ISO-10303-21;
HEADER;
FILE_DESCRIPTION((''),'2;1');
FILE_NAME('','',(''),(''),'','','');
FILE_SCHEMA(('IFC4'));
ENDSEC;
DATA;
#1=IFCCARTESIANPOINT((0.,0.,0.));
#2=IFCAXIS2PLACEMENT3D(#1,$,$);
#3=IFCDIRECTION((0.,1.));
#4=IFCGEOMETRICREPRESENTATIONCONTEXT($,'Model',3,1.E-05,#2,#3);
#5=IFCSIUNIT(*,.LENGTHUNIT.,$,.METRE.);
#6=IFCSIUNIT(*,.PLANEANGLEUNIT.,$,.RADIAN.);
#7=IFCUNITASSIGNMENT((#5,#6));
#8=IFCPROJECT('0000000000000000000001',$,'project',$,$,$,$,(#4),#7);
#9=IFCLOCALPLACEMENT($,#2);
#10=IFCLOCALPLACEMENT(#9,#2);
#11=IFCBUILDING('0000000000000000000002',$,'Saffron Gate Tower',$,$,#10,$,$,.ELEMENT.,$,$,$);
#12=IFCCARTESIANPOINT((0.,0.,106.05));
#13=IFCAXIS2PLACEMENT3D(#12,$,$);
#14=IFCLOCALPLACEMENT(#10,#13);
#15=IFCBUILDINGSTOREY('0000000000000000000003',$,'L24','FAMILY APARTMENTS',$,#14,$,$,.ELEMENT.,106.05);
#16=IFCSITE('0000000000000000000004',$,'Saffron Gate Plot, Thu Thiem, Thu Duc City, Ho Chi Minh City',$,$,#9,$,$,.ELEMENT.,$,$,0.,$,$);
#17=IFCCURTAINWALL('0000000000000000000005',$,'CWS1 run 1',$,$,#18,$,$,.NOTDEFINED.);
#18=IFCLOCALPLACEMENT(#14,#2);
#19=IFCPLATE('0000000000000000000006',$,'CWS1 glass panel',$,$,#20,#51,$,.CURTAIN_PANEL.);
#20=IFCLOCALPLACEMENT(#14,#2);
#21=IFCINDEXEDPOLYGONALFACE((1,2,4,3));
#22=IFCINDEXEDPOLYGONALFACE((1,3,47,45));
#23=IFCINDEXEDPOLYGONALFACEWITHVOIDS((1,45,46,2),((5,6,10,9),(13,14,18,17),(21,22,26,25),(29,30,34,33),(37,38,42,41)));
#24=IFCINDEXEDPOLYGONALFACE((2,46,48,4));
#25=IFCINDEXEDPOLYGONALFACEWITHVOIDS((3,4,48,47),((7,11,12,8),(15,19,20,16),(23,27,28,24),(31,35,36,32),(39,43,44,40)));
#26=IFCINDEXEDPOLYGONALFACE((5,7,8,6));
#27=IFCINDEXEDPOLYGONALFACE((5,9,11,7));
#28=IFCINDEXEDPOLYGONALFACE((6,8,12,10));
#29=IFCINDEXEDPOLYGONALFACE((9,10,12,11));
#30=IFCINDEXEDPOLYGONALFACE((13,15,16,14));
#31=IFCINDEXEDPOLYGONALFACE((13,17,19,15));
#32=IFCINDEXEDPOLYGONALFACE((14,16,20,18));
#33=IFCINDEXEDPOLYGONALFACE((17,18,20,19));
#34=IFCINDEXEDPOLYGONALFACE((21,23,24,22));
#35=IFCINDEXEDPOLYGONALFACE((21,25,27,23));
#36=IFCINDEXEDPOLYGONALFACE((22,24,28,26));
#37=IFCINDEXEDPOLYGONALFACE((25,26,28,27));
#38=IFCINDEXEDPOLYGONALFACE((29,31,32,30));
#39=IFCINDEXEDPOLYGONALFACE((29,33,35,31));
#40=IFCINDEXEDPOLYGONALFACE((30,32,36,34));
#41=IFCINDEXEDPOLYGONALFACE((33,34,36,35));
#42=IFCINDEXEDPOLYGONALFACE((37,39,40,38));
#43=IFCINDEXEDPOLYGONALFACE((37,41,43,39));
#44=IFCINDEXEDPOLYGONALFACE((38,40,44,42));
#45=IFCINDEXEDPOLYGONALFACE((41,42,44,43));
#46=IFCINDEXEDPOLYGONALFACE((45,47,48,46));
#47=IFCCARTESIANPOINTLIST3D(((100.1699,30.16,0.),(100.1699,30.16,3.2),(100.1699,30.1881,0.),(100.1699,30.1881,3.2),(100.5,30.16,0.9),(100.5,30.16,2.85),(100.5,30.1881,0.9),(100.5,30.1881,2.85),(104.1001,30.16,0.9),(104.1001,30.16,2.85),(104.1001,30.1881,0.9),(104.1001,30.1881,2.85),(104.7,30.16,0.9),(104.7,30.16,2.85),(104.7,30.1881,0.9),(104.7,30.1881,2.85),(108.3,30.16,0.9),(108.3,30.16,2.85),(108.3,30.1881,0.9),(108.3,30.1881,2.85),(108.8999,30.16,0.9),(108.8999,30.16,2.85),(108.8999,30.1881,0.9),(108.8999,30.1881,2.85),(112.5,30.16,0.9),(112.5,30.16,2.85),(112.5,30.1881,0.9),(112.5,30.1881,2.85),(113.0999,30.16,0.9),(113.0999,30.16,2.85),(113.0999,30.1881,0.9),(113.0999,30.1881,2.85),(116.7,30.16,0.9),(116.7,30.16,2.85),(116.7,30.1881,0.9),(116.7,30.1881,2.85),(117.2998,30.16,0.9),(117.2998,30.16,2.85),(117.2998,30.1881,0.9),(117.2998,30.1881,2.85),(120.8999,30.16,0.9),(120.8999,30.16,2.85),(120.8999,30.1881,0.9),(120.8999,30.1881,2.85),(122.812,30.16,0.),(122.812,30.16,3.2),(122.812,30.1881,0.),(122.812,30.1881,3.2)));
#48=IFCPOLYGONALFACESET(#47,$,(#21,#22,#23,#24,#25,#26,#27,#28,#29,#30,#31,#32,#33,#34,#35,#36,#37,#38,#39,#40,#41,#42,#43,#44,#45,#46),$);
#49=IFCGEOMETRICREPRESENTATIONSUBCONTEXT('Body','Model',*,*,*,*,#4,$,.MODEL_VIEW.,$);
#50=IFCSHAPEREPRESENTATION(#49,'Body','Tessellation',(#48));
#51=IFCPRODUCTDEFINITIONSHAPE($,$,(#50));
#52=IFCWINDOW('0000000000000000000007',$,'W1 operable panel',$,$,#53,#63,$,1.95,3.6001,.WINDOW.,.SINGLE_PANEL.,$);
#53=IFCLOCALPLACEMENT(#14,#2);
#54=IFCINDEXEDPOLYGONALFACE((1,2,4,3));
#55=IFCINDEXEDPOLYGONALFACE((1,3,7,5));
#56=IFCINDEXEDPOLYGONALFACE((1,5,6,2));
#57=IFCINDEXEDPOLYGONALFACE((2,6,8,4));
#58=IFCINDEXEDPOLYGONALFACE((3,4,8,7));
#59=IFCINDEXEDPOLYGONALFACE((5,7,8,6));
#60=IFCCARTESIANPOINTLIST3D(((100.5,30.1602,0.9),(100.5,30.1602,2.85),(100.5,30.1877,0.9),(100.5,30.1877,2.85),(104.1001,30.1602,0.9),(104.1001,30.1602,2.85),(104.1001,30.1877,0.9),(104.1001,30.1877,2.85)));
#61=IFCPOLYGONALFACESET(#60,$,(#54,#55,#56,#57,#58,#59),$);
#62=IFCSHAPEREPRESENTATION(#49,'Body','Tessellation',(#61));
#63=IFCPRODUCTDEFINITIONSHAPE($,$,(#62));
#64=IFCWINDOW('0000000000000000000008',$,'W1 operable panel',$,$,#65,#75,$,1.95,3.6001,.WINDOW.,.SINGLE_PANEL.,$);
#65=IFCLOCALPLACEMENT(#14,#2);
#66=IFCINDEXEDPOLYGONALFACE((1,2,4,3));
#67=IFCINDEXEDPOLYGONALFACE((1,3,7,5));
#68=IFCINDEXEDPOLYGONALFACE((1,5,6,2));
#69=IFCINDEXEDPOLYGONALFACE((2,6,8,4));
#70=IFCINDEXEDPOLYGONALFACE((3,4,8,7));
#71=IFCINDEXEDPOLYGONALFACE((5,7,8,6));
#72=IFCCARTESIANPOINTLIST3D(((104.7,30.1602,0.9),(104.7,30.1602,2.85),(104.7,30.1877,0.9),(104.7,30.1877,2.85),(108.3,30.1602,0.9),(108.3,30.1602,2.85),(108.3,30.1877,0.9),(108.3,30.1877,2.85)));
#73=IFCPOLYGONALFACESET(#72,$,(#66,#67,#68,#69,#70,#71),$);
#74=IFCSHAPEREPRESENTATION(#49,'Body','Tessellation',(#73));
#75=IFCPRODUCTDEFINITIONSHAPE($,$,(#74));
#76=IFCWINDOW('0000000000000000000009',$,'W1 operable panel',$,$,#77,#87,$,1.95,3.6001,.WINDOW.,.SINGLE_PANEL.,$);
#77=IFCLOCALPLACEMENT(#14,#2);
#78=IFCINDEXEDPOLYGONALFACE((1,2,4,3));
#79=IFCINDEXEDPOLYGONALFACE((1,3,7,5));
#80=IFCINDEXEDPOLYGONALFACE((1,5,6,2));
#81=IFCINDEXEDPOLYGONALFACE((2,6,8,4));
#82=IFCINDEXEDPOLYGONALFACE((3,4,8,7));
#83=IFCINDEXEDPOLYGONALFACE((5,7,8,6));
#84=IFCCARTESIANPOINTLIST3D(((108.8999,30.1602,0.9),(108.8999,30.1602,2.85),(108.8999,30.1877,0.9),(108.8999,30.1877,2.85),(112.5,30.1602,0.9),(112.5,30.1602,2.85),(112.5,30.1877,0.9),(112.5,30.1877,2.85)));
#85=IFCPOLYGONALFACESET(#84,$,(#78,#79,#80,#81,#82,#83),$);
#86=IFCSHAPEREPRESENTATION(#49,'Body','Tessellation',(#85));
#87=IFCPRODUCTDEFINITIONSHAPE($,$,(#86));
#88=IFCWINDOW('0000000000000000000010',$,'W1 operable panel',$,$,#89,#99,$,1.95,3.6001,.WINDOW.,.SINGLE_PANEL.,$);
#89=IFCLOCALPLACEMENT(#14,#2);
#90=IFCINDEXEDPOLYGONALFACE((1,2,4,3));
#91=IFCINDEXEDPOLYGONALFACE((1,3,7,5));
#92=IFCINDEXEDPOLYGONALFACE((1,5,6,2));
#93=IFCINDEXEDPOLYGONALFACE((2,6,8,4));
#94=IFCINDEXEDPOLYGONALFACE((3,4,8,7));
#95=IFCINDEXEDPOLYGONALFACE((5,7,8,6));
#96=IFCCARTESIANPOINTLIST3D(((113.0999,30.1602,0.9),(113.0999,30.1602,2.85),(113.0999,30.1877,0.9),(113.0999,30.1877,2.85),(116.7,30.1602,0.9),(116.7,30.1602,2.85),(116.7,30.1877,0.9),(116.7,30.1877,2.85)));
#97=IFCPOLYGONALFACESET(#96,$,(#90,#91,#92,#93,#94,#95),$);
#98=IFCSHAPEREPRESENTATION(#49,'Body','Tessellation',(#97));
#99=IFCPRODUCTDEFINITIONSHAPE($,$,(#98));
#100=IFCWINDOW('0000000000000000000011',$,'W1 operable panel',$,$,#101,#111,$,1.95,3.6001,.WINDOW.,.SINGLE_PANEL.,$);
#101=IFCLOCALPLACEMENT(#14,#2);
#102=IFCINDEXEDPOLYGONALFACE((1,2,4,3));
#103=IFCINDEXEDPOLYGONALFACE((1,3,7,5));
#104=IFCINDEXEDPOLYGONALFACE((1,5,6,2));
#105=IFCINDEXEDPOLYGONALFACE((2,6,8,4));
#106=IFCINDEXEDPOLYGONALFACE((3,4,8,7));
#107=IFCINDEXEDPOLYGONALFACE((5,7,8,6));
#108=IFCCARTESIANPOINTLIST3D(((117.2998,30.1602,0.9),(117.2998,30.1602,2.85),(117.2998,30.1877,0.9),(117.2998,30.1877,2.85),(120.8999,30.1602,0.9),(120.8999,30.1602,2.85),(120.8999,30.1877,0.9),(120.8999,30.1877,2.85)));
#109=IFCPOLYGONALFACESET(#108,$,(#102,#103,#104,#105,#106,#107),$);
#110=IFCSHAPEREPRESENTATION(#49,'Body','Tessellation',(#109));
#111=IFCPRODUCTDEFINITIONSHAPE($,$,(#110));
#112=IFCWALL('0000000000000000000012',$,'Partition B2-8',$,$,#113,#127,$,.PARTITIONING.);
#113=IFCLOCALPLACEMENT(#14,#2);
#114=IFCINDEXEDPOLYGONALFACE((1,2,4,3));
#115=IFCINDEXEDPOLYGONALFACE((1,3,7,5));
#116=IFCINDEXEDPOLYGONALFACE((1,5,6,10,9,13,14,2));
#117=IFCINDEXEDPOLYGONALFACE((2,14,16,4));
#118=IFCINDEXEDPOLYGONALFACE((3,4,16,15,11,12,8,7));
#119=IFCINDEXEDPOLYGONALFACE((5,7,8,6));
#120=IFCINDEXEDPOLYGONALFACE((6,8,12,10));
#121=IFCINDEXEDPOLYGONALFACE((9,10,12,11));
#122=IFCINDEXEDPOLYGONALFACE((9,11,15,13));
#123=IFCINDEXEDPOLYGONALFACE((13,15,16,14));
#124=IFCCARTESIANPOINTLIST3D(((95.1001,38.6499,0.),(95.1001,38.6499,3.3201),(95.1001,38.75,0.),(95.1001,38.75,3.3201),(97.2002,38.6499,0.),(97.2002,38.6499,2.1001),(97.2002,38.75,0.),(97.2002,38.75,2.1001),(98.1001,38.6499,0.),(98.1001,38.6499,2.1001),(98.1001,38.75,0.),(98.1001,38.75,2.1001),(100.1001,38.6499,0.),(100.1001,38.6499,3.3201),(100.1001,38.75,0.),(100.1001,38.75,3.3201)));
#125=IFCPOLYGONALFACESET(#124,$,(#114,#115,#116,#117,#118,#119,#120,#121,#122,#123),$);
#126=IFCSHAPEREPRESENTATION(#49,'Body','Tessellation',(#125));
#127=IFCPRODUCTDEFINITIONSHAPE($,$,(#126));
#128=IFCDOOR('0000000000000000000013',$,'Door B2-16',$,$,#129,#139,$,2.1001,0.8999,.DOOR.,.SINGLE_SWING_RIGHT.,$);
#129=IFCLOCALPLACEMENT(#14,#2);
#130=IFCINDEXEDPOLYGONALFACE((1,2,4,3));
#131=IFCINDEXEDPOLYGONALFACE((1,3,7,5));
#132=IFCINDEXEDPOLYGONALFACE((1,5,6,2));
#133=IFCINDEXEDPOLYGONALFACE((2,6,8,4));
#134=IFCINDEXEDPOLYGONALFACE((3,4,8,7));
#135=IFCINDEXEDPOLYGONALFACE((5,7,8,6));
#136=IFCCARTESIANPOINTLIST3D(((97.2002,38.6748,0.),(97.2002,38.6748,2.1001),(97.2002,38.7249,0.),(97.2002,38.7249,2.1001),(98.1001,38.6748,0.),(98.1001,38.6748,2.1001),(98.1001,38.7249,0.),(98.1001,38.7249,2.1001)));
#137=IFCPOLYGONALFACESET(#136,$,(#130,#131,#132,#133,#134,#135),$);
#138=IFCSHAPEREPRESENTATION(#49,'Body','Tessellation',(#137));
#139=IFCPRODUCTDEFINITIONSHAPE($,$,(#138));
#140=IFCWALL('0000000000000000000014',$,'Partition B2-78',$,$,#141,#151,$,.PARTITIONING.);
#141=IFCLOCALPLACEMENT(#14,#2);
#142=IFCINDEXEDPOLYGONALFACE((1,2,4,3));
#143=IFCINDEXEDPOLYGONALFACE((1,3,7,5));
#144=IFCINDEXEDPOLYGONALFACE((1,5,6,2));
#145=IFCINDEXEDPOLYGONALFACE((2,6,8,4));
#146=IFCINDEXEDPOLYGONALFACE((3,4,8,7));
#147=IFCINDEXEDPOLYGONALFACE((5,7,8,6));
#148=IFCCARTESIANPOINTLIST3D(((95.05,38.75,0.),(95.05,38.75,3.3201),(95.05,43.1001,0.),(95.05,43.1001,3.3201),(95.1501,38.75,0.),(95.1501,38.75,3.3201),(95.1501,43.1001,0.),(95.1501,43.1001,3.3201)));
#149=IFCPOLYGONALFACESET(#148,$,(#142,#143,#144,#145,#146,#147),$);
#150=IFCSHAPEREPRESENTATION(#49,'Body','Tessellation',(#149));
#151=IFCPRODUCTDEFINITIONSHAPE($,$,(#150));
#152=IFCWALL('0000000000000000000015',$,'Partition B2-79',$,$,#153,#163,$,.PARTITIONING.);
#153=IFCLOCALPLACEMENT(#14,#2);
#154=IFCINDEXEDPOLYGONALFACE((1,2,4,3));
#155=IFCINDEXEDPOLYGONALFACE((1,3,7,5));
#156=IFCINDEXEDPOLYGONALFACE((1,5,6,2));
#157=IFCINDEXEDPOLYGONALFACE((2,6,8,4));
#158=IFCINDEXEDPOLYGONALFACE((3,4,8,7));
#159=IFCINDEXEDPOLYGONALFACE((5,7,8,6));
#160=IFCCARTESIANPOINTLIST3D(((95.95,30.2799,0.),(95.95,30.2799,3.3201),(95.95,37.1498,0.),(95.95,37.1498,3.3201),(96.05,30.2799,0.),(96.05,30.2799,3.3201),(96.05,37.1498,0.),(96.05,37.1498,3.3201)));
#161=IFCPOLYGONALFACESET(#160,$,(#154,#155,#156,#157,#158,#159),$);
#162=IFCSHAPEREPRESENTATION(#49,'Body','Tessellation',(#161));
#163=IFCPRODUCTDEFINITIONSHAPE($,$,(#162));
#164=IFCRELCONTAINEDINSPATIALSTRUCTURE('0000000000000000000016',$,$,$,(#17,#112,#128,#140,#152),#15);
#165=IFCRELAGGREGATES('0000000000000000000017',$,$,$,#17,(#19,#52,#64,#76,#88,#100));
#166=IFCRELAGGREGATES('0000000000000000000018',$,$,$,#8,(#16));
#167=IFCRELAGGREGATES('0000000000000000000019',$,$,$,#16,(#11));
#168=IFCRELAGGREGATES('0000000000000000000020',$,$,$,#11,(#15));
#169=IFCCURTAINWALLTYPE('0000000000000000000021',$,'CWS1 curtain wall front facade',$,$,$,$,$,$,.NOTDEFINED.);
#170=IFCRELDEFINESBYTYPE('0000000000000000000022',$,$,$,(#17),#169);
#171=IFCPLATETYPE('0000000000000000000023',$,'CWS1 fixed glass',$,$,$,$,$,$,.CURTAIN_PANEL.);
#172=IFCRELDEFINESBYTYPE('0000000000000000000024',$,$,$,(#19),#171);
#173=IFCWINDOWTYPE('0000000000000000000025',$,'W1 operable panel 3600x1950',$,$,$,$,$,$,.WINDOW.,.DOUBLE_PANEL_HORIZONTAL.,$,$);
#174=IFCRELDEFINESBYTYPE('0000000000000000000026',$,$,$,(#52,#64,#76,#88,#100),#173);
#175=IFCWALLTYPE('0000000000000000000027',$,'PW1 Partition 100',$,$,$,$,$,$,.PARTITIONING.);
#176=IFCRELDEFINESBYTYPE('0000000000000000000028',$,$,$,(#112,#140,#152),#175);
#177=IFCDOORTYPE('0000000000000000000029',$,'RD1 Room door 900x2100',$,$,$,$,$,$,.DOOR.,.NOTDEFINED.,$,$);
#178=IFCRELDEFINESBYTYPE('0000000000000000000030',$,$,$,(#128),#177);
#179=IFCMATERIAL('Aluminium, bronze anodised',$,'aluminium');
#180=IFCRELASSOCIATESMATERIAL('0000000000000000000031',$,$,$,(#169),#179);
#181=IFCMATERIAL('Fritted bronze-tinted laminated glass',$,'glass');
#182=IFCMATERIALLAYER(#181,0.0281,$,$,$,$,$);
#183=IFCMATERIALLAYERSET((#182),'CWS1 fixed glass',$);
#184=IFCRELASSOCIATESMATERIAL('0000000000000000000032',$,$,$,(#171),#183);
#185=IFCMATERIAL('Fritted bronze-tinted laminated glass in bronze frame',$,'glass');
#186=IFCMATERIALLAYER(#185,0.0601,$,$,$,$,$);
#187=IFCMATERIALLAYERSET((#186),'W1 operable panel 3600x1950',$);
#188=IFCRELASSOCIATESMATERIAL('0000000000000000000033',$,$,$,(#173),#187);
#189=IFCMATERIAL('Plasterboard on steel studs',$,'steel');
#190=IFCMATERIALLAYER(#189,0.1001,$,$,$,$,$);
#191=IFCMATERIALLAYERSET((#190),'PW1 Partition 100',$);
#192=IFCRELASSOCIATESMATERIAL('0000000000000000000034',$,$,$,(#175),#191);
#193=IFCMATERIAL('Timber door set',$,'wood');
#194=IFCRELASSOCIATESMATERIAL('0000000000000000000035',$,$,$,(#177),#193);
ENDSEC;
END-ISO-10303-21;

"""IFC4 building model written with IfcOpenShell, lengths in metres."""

from ifc_helpers import new_model, si_unit, direction, frame, frame_2d, origin, place, context, subcontext, project, spatial, rectangle, extrude, material, layer, layer_set, type_object, element, fill, aggregate, save


model = new_model("IFC4")

# Units and contexts
model_context = context("Model", 3, precision=1e-05, world=origin(), true_north=direction((0.0, 1.0)))
body_context = subcontext(model_context, "Body", "Model", "MODEL_VIEW")
ifc_project = project(units=[si_unit("LENGTHUNIT", "METRE"), si_unit("PLANEANGLEUNIT", "RADIAN")], contexts=[model_context])

# Site, building, storey
site_placement = place(None, origin())
site = spatial("IfcSite", under=ifc_project, at=site_placement, Name="Saffron Gate Plot, Thu Thiem, Thu Duc City, Ho Chi Minh City", CompositionType="ELEMENT", RefElevation=0.0)
building_placement = place(site_placement, origin())
building = spatial("IfcBuilding", under=site, at=building_placement, Name="Saffron Gate Tower", CompositionType="ELEMENT")
storey_placement = place(building_placement, frame((0.0, 0.0, 106.05)))
storey = spatial("IfcBuildingStorey", under=building, at=storey_placement, Name="L24", Description="FAMILY APARTMENTS", CompositionType="ELEMENT", Elevation=106.05)

# Curtain wall, plate, openings, windows
ifc_material_1 = material(Name="Aluminium, bronze anodised", Category="aluminium")
curtain_wall_type = type_object("IfcCurtainWallType", Name="CWS1 curtain wall front facade", PredefinedType="NOTDEFINED", material=ifc_material_1)
curtain_wall_placement = place(storey_placement, origin())
curtain_wall = element("IfcCurtainWall", 1, at=curtain_wall_placement, inside=storey, type_object=curtain_wall_type, Name="CWS1 run 1", PredefinedType="NOTDEFINED")
ifc_material_2 = material(Name="Fritted bronze-tinted laminated glass", Category="glass")
ifc_layer_1 = layer(ifc_material_2, 0.0281)
ifc_layer_set_1 = layer_set([ifc_layer_1], Name="CWS1 fixed glass")
plate_type = type_object("IfcPlateType", Name="CWS1 fixed glass", PredefinedType="CURTAIN_PANEL", material=ifc_layer_set_1)
plate_placement = place(storey_placement, frame((100.1699, 30.1741, 0.0), z_axis=(0.0, 0.0, 1.0), x_axis=(1.0, 0.0, 0.0)))
plate = element("IfcPlate", 2, at=plate_placement, type_object=plate_type, Name="CWS1 glass panel", PredefinedType="CURTAIN_PANEL", context=body_context, shape_type="SweptSolid", body=[
    extrude(rectangle(XDim=22.6421, YDim=0.0281, at=frame_2d((11.321, 0.0))), origin(), (0.0, 0.0, 1.0), 3.2),
])
opening_1_placement = place(plate_placement, frame((0.3301, 0.0, 0.8999)))
opening_1 = element("IfcOpeningElement", 3, at=opening_1_placement, cuts=plate, PredefinedType="OPENING", context=body_context, shape_type="SweptSolid", body=[
    extrude(rectangle(XDim=3.6001, YDim=1.95, at=frame_2d((1.8, 0.9751))), frame((0.0, 0.0239, 0.0), z_axis=(0.0, -1.0, 0.0), x_axis=(1.0, 0.0, 0.0)), (0.0, 0.0, 1.0), 0.0481),
])
opening_2_placement = place(plate_placement, frame((4.53, 0.0, 0.8999)))
opening_2 = element("IfcOpeningElement", 4, at=opening_2_placement, cuts=plate, PredefinedType="OPENING", context=body_context, shape_type="SweptSolid", body=[
    extrude(rectangle(XDim=3.6001, YDim=1.95, at=frame_2d((1.8, 0.9751))), frame((0.0, 0.0239, 0.0), z_axis=(0.0, -1.0, 0.0), x_axis=(1.0, 0.0, 0.0)), (0.0, 0.0, 1.0), 0.0481),
])
opening_3_placement = place(plate_placement, frame((8.73, 0.0, 0.8999)))
opening_3 = element("IfcOpeningElement", 5, at=opening_3_placement, cuts=plate, PredefinedType="OPENING", context=body_context, shape_type="SweptSolid", body=[
    extrude(rectangle(XDim=3.6001, YDim=1.95, at=frame_2d((1.8, 0.9751))), frame((0.0, 0.0239, 0.0), z_axis=(0.0, -1.0, 0.0), x_axis=(1.0, 0.0, 0.0)), (0.0, 0.0, 1.0), 0.0481),
])
opening_4_placement = place(plate_placement, frame((12.9299, 0.0, 0.8999)))
opening_4 = element("IfcOpeningElement", 6, at=opening_4_placement, cuts=plate, PredefinedType="OPENING", context=body_context, shape_type="SweptSolid", body=[
    extrude(rectangle(XDim=3.6001, YDim=1.95, at=frame_2d((1.8, 0.9751))), frame((0.0, 0.0239, 0.0), z_axis=(0.0, -1.0, 0.0), x_axis=(1.0, 0.0, 0.0)), (0.0, 0.0, 1.0), 0.0481),
])
opening_5_placement = place(plate_placement, frame((17.1299, 0.0, 0.8999)))
opening_5 = element("IfcOpeningElement", 7, at=opening_5_placement, cuts=plate, PredefinedType="OPENING", context=body_context, shape_type="SweptSolid", body=[
    extrude(rectangle(XDim=3.6001, YDim=1.95, at=frame_2d((1.8, 0.9751))), frame((0.0, 0.0239, 0.0), z_axis=(0.0, -1.0, 0.0), x_axis=(1.0, 0.0, 0.0)), (0.0, 0.0, 1.0), 0.0481),
])
ifc_material_3 = material(Name="Fritted bronze-tinted laminated glass in bronze frame", Category="glass")
ifc_layer_2 = layer(ifc_material_3, 0.0601)
ifc_layer_set_2 = layer_set([ifc_layer_2], Name="W1 operable panel 3600x1950")
window_type = type_object("IfcWindowType", Name="W1 operable panel 3600x1950", PartitioningType="DOUBLE_PANEL_HORIZONTAL", PredefinedType="WINDOW", material=ifc_layer_set_2)
window_1_placement = place(opening_1_placement, origin())
window_1 = element("IfcWindow", 8, at=window_1_placement, type_object=window_type, Name="W1 operable panel", OverallHeight=1.95, OverallWidth=3.6001, PartitioningType="SINGLE_PANEL", PredefinedType="WINDOW", context=body_context, shape_type="SweptSolid", body=[
    extrude(rectangle(XDim=3.6001, YDim=1.95, at=frame_2d((1.8, 0.9751))), frame((0.0, 0.0137, 0.0), z_axis=(0.0, -1.0, 0.0), x_axis=(1.0, 0.0, 0.0)), (0.0, 0.0, 1.0), 0.0276),
])
fill(opening_1, window_1)
window_2_placement = place(opening_2_placement, origin())
window_2 = element("IfcWindow", 9, at=window_2_placement, type_object=window_type, Name="W1 operable panel", OverallHeight=1.95, OverallWidth=3.6001, PartitioningType="SINGLE_PANEL", PredefinedType="WINDOW", context=body_context, shape_type="SweptSolid", body=[
    extrude(rectangle(XDim=3.6001, YDim=1.95, at=frame_2d((1.8, 0.9751))), frame((0.0, 0.0137, 0.0), z_axis=(0.0, -1.0, 0.0), x_axis=(1.0, 0.0, 0.0)), (0.0, 0.0, 1.0), 0.0276),
])
fill(opening_2, window_2)
window_3_placement = place(opening_3_placement, origin())
window_3 = element("IfcWindow", 10, at=window_3_placement, type_object=window_type, Name="W1 operable panel", OverallHeight=1.95, OverallWidth=3.6001, PartitioningType="SINGLE_PANEL", PredefinedType="WINDOW", context=body_context, shape_type="SweptSolid", body=[
    extrude(rectangle(XDim=3.6001, YDim=1.95, at=frame_2d((1.8, 0.9751))), frame((0.0, 0.0137, 0.0), z_axis=(0.0, -1.0, 0.0), x_axis=(1.0, 0.0, 0.0)), (0.0, 0.0, 1.0), 0.0276),
])
fill(opening_3, window_3)
window_4_placement = place(opening_4_placement, origin())
window_4 = element("IfcWindow", 11, at=window_4_placement, type_object=window_type, Name="W1 operable panel", OverallHeight=1.95, OverallWidth=3.6001, PartitioningType="SINGLE_PANEL", PredefinedType="WINDOW", context=body_context, shape_type="SweptSolid", body=[
    extrude(rectangle(XDim=3.6001, YDim=1.95, at=frame_2d((1.8, 0.9751))), frame((0.0, 0.0137, 0.0), z_axis=(0.0, -1.0, 0.0), x_axis=(1.0, 0.0, 0.0)), (0.0, 0.0, 1.0), 0.0276),
])
fill(opening_4, window_4)
window_5_placement = place(opening_5_placement, origin())
window_5 = element("IfcWindow", 12, at=window_5_placement, type_object=window_type, Name="W1 operable panel", OverallHeight=1.95, OverallWidth=3.6001, PartitioningType="SINGLE_PANEL", PredefinedType="WINDOW", context=body_context, shape_type="SweptSolid", body=[
    extrude(rectangle(XDim=3.6001, YDim=1.95, at=frame_2d((1.8, 0.9751))), frame((0.0, 0.0137, 0.0), z_axis=(0.0, -1.0, 0.0), x_axis=(1.0, 0.0, 0.0)), (0.0, 0.0, 1.0), 0.0276),
])
fill(opening_5, window_5)
aggregate(curtain_wall, [plate, window_1, window_2, window_3, window_4, window_5])

# Wall, opening, door
ifc_material_4 = material(Name="Plasterboard on steel studs", Category="steel")
ifc_layer_3 = layer(ifc_material_4, 0.1001)
ifc_layer_set_3 = layer_set([ifc_layer_3], Name="PW1 Partition 100")
wall_type_1 = type_object("IfcWallType", Name="PW1 Partition 100", PredefinedType="PARTITIONING", material=ifc_layer_set_3)
wall_1_placement = place(storey_placement, frame((95.1001, 38.7, 0.0), z_axis=(0.0, 0.0, 1.0), x_axis=(1.0, 0.0, 0.0)))
wall_1 = element("IfcWall", 13, at=wall_1_placement, inside=storey, type_object=wall_type_1, Name="Partition B2-8", PredefinedType="PARTITIONING", context=body_context, shape_type="SweptSolid", body=[
    extrude(rectangle(XDim=5.0, YDim=0.1001, at=frame_2d((2.5, 0.0))), origin(), (0.0, 0.0, 1.0), 3.3201),
])
opening_6_placement = place(wall_1_placement, frame((2.1001, 0.0, 0.0)))
opening_6 = element("IfcOpeningElement", 14, at=opening_6_placement, cuts=wall_1, PredefinedType="OPENING", context=body_context, shape_type="SweptSolid", body=[
    extrude(rectangle(XDim=0.8999, YDim=2.1001, at=frame_2d((0.45, 1.05))), frame((0.0, 0.0601, 0.0), z_axis=(0.0, -1.0, 0.0), x_axis=(1.0, 0.0, 0.0)), (0.0, 0.0, 1.0), 0.1201),
])
ifc_material_5 = material(Name="Timber door set", Category="wood")
door_type = type_object("IfcDoorType", Name="RD1 Room door 900x2100", OperationType="NOTDEFINED", PredefinedType="DOOR", material=ifc_material_5)
door_1_placement = place(opening_6_placement, origin())
door_1 = element("IfcDoor", 15, at=door_1_placement, inside=storey, type_object=door_type, Name="Door B2-16", OperationType="SINGLE_SWING_RIGHT", OverallHeight=2.1001, OverallWidth=0.8999, PredefinedType="DOOR", context=body_context, shape_type="SweptSolid", body=[
    extrude(rectangle(XDim=0.8999, YDim=2.1001, at=frame_2d((0.45, 1.05))), frame((0.0, 0.0249, 0.0), z_axis=(0.0, -1.0, 0.0), x_axis=(1.0, 0.0, 0.0)), (0.0, 0.0, 1.0), 0.05),
])
fill(opening_6, door_1)

# Walls
wall_2_placement = place(storey_placement, frame((95.1001, 43.1001, 0.0), z_axis=(0.0, 0.0, 1.0), x_axis=(0.0, -1.0, 0.0)))
element("IfcWall", 16, at=wall_2_placement, inside=storey, type_object=wall_type_1, Name="Partition B2-78", PredefinedType="PARTITIONING", context=body_context, shape_type="SweptSolid", body=[
    extrude(rectangle(XDim=4.3501, YDim=0.1001, at=frame_2d((2.175, 0.0))), origin(), (0.0, 0.0, 1.0), 3.3201),
])
wall_3_placement = place(storey_placement, frame((96.0, 37.1499, 0.0), z_axis=(0.0, 0.0, 1.0), x_axis=(0.0, -1.0, 0.0)))
element("IfcWall", 17, at=wall_3_placement, inside=storey, type_object=wall_type_1, Name="Partition B2-79", PredefinedType="PARTITIONING", context=body_context, shape_type="SweptSolid", body=[
    extrude(rectangle(XDim=6.8699, YDim=0.1001, at=frame_2d((3.4351, 0.0))), origin(), (0.0, 0.0, 1.0), 3.3201),
])

save(model, "model.ifc")
